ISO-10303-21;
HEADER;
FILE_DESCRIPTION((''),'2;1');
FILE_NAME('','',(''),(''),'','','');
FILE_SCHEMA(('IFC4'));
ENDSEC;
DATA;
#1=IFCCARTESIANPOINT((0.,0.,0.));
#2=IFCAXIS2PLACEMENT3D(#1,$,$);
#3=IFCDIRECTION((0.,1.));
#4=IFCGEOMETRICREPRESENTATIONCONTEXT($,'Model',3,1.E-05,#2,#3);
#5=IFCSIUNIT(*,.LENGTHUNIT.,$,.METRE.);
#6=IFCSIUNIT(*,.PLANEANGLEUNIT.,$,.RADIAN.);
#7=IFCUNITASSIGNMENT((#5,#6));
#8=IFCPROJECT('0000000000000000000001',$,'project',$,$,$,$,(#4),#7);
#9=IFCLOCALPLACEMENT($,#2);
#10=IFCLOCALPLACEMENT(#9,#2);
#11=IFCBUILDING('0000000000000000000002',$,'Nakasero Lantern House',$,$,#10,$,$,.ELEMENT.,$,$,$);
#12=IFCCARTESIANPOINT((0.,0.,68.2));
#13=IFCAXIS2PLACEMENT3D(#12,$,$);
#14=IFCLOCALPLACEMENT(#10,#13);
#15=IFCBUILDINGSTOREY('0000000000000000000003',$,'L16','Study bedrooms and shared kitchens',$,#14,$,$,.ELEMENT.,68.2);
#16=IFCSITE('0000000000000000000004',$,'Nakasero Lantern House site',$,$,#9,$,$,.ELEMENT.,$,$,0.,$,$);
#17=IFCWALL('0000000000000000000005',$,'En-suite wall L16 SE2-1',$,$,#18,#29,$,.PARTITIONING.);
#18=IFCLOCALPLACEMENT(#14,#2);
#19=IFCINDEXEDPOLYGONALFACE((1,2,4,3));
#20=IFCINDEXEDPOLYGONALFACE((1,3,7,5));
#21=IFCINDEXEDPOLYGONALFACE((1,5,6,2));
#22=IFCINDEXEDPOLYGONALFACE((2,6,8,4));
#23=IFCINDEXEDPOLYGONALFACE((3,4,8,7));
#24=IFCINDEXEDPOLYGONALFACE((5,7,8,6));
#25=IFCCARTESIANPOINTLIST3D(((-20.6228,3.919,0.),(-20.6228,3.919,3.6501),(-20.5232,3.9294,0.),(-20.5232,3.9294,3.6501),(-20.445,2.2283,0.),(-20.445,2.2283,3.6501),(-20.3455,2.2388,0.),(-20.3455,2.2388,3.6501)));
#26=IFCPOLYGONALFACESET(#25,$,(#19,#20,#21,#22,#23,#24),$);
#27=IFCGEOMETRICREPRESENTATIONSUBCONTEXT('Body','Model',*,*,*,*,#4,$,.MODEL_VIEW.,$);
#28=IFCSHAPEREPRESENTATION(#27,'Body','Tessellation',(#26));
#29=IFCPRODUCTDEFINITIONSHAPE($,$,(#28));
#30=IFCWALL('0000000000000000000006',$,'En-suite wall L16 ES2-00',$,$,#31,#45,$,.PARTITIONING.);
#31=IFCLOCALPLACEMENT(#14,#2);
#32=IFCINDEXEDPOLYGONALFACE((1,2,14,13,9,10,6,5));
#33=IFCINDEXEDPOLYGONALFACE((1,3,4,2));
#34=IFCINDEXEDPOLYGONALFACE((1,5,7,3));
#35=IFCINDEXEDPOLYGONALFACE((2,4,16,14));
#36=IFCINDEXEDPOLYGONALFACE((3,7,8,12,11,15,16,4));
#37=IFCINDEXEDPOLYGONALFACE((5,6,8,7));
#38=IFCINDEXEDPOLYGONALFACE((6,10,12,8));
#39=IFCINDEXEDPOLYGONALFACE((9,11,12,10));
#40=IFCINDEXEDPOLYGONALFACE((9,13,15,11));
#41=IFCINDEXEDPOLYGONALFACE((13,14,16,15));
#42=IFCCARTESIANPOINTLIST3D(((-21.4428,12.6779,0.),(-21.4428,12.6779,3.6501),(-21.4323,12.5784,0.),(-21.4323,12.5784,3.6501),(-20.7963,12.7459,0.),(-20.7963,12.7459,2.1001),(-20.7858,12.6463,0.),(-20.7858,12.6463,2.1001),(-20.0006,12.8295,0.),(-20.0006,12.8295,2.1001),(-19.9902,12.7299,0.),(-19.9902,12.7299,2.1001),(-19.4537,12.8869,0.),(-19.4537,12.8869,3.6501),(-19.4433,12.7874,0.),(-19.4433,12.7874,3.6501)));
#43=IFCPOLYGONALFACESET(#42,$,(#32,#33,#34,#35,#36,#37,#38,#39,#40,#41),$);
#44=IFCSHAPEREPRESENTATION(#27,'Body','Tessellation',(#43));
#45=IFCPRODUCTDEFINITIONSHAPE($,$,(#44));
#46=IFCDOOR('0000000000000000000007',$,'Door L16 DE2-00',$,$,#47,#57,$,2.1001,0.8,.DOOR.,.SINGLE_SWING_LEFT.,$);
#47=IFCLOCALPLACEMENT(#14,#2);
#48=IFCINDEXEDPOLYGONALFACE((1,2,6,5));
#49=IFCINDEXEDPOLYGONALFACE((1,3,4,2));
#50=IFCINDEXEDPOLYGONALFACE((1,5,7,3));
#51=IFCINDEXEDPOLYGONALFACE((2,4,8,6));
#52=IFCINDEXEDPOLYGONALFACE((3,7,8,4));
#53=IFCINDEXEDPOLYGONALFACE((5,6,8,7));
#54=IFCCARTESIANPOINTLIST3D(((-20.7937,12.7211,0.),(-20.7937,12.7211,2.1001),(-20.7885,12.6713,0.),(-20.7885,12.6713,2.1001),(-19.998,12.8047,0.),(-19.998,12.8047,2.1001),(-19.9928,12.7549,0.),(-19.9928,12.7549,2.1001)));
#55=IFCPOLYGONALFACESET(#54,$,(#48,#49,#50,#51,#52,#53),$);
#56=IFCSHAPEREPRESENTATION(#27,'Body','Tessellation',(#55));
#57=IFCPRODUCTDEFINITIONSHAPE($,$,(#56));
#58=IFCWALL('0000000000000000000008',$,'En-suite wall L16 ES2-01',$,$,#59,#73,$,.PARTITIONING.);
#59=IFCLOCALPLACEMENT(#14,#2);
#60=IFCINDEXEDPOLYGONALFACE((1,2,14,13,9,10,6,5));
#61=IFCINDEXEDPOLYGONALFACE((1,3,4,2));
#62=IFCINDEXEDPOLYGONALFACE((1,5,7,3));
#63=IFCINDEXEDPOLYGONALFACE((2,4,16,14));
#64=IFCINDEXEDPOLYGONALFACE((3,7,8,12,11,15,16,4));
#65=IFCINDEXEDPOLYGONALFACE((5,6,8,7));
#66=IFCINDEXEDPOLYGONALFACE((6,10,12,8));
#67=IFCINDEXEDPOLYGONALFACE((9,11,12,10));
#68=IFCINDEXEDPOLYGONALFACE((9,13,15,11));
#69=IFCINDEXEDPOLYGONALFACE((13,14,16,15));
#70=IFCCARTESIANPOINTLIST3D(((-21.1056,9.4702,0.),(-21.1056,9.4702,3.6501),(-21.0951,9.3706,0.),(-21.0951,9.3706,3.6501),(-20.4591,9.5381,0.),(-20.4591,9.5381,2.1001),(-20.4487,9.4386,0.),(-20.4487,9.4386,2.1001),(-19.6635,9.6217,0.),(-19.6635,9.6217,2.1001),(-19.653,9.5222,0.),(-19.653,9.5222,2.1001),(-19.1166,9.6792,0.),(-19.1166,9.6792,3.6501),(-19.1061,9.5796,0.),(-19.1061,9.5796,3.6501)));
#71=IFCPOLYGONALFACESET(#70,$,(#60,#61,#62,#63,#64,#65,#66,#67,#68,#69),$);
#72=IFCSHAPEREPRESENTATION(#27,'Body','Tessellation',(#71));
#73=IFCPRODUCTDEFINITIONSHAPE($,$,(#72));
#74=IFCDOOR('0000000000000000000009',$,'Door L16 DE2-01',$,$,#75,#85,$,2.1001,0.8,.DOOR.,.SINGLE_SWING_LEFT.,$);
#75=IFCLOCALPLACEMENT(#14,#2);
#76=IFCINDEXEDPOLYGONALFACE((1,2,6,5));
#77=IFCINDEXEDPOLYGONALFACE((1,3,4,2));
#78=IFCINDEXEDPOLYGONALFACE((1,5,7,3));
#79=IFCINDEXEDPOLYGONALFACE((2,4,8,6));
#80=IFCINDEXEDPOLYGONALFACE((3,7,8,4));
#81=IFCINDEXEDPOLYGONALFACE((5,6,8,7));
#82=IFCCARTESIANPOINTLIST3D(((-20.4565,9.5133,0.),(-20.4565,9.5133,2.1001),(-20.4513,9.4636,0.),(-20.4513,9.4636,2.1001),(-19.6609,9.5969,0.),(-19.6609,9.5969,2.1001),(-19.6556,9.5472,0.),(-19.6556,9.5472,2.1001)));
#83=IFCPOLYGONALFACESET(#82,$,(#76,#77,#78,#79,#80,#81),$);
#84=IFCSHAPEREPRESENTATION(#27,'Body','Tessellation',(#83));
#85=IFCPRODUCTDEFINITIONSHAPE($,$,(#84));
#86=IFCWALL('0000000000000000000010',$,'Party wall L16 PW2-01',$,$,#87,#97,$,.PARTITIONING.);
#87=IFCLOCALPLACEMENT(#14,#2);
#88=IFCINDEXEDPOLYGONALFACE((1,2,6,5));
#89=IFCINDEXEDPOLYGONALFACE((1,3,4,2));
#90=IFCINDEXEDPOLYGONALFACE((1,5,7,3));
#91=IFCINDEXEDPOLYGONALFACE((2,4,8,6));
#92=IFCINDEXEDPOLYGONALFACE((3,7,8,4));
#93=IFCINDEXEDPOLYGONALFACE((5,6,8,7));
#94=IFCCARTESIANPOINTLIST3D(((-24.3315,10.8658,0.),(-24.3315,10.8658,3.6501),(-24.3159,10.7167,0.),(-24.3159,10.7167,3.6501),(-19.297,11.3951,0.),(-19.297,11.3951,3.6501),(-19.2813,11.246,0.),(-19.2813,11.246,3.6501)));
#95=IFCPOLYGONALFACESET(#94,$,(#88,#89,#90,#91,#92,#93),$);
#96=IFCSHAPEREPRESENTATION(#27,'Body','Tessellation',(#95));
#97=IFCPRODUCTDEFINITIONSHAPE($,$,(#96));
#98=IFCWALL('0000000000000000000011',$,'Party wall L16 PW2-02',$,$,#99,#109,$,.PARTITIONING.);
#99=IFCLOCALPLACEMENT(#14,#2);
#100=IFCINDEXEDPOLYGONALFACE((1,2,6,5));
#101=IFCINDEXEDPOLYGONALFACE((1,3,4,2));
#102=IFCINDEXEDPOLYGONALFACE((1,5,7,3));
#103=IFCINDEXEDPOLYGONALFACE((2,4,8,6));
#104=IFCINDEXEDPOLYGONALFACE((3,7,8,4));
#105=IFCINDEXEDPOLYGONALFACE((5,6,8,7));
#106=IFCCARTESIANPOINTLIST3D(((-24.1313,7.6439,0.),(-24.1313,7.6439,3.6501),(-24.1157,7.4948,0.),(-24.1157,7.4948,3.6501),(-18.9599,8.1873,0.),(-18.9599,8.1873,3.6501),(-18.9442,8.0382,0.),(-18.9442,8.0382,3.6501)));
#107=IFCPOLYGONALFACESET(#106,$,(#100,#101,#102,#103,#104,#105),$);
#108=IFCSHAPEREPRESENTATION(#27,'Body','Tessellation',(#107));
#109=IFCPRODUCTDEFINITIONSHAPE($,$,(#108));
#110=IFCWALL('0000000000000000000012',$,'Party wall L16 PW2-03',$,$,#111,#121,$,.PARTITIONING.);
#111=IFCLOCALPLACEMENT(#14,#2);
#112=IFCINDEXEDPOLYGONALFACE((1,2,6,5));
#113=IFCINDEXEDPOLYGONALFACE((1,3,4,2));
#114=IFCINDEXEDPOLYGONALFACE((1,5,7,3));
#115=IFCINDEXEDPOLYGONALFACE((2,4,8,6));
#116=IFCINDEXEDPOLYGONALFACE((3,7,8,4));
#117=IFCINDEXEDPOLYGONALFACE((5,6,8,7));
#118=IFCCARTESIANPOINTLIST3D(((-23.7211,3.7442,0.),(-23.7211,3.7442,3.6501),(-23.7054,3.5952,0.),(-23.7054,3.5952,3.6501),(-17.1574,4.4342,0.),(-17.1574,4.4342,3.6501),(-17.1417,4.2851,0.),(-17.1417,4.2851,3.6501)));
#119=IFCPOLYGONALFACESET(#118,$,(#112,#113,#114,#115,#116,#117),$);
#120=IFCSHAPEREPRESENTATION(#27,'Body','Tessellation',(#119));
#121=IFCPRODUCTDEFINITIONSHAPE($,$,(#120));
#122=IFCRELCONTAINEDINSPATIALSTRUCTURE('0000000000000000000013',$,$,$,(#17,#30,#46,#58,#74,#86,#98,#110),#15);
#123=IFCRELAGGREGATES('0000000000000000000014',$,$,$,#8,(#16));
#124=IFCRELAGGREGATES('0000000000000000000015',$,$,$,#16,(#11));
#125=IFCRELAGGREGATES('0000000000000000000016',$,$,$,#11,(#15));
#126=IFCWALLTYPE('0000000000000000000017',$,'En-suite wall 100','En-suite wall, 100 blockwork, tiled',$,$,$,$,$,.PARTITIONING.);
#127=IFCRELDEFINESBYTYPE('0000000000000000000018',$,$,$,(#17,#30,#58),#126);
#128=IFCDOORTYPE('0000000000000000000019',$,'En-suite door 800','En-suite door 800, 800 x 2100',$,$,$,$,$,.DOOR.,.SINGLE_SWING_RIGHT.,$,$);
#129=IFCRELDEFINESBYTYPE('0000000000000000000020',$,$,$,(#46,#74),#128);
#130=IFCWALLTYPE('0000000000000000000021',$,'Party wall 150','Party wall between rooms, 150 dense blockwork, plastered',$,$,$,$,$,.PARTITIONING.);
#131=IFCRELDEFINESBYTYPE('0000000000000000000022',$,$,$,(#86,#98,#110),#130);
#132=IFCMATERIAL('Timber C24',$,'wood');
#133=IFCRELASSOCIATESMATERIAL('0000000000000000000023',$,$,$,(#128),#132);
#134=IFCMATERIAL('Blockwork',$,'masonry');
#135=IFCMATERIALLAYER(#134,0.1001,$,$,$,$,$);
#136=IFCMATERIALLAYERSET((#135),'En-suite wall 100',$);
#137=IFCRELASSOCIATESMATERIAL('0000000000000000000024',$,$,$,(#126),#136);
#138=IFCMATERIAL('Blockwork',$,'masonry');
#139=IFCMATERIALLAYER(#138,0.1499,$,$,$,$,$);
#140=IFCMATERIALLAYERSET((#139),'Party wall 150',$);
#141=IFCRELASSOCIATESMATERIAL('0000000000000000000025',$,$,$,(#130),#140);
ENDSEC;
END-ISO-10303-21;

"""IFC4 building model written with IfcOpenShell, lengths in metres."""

from ifc_helpers import new_model, si_unit, direction, frame, frame_2d, origin, place, context, subcontext, project, spatial, rectangle, extrude, material, layer, layer_set, type_object, element, fill, save


model = new_model("IFC4")

# Units and contexts
model_context = context("Model", 3, precision=1e-05, world=origin(), true_north=direction((0.0, 1.0)))
body_context = subcontext(model_context, "Body", "Model", "MODEL_VIEW")
ifc_project = project(units=[si_unit("LENGTHUNIT", "METRE"), si_unit("PLANEANGLEUNIT", "RADIAN")], contexts=[model_context])

# Site, building, storey
site_placement = place(None, origin())
site = spatial("IfcSite", under=ifc_project, at=site_placement, Name="Nakasero Lantern House site", CompositionType="ELEMENT", RefElevation=0.0)
building_placement = place(site_placement, origin())
building = spatial("IfcBuilding", under=site, at=building_placement, Name="Nakasero Lantern House", CompositionType="ELEMENT")
storey_placement = place(building_placement, frame((0.0, 0.0, 68.2)))
storey = spatial("IfcBuildingStorey", under=building, at=storey_placement, Name="L16", Description="Study bedrooms and shared kitchens", CompositionType="ELEMENT", Elevation=68.2)

# Shared definitions
ifc_material_1 = material(Name="Timber C24", Category="wood")
door_type_1 = type_object("IfcDoorType", Name="En-suite door 800", Description="En-suite door 800, 800 x 2100", OperationType="SINGLE_SWING_RIGHT", PredefinedType="DOOR", material=ifc_material_1)

# Wall
ifc_material_2 = material(Name="Blockwork", Category="masonry")
ifc_layer_1 = layer(ifc_material_2, 0.1001)
ifc_layer_set_1 = layer_set([ifc_layer_1], Name="En-suite wall 100")
wall_type_1 = type_object("IfcWallType", Name="En-suite wall 100", Description="En-suite wall, 100 blockwork, tiled", PredefinedType="PARTITIONING", material=ifc_layer_set_1)
wall_1_placement = place(storey_placement, frame((-20.573, 3.9243, 0.0), z_axis=(0.0, 0.0, 1.0), x_axis=(0.10455, -0.99452, 0.0)))
element("IfcWall", 1, at=wall_1_placement, inside=storey, type_object=wall_type_1, Name="En-suite wall L16 SE2-1", PredefinedType="PARTITIONING", context=body_context, shape_type="SweptSolid", body=[
    extrude(rectangle(XDim=1.7, YDim=0.1001, at=frame_2d((0.8501, 0.0))), origin(), (0.0, 0.0, 1.0), 3.6501),
])

# Walls, openings, doors
wall_2_placement = place(storey_placement, frame((-19.4485, 12.8372, 0.0), z_axis=(0.0, 0.0, 1.0), x_axis=(-0.994526, -0.104494, 0.0)))
wall_2 = element("IfcWall", 2, at=wall_2_placement, inside=storey, type_object=wall_type_1, Name="En-suite wall L16 ES2-00", PredefinedType="PARTITIONING", context=body_context, shape_type="SweptSolid", body=[
    extrude(rectangle(XDim=2.0, YDim=0.1001, at=frame_2d((1.0, 0.0))), origin(), (0.0, 0.0, 1.0), 3.6501),
])
opening_1_placement = place(wall_2_placement, frame((0.55, 0.0, 0.0)))
opening_1 = element("IfcOpeningElement", 3, at=opening_1_placement, cuts=wall_2, PredefinedType="OPENING", context=body_context, shape_type="SweptSolid", body=[
    extrude(rectangle(XDim=0.8, YDim=2.1001, at=frame_2d((0.3999, 1.05))), frame((0.0, 0.0701, 0.0), z_axis=(0.0, -1.0, 0.0), x_axis=(1.0, 0.0, 0.0)), (0.0, 0.0, 1.0), 0.1401),
])
door_1_placement = place(opening_1_placement, origin())
door_1 = element("IfcDoor", 4, at=door_1_placement, inside=storey, type_object=door_type_1, Name="Door L16 DE2-00", OperationType="SINGLE_SWING_LEFT", OverallHeight=2.1001, OverallWidth=0.8, PredefinedType="DOOR", context=body_context, shape_type="SweptSolid", body=[
    extrude(rectangle(XDim=0.8, YDim=2.1001, at=frame_2d((0.3999, 1.05))), frame((0.0, 0.0249, 0.0), z_axis=(0.0, -1.0, 0.0), x_axis=(1.0, 0.0, 0.0)), (0.0, 0.0, 1.0), 0.05),
])
fill(opening_1, door_1)
wall_3_placement = place(storey_placement, frame((-19.1113, 9.6294, 0.0), z_axis=(0.0, 0.0, 1.0), x_axis=(-0.994526, -0.104494, 0.0)))
wall_3 = element("IfcWall", 5, at=wall_3_placement, inside=storey, type_object=wall_type_1, Name="En-suite wall L16 ES2-01", PredefinedType="PARTITIONING", context=body_context, shape_type="SweptSolid", body=[
    extrude(rectangle(XDim=2.0, YDim=0.1001, at=frame_2d((1.0, 0.0))), origin(), (0.0, 0.0, 1.0), 3.6501),
])
opening_2_placement = place(wall_3_placement, frame((0.55, 0.0, 0.0)))
opening_2 = element("IfcOpeningElement", 6, at=opening_2_placement, cuts=wall_3, PredefinedType="OPENING", context=body_context, shape_type="SweptSolid", body=[
    extrude(rectangle(XDim=0.8, YDim=2.1001, at=frame_2d((0.3999, 1.05))), frame((0.0, 0.0701, 0.0), z_axis=(0.0, -1.0, 0.0), x_axis=(1.0, 0.0, 0.0)), (0.0, 0.0, 1.0), 0.1401),
])
door_2_placement = place(opening_2_placement, origin())
door_2 = element("IfcDoor", 7, at=door_2_placement, inside=storey, type_object=door_type_1, Name="Door L16 DE2-01", OperationType="SINGLE_SWING_LEFT", OverallHeight=2.1001, OverallWidth=0.8, PredefinedType="DOOR", context=body_context, shape_type="SweptSolid", body=[
    extrude(rectangle(XDim=0.8, YDim=2.1001, at=frame_2d((0.3999, 1.05))), frame((0.0, 0.0249, 0.0), z_axis=(0.0, -1.0, 0.0), x_axis=(1.0, 0.0, 0.0)), (0.0, 0.0, 1.0), 0.05),
])
fill(opening_2, door_2)

# Walls
ifc_material_3 = material(Name="Blockwork", Category="masonry")
ifc_layer_2 = layer(ifc_material_3, 0.1499)
ifc_layer_set_2 = layer_set([ifc_layer_2], Name="Party wall 150")
wall_type_2 = type_object("IfcWallType", Name="Party wall 150", Description="Party wall between rooms, 150 dense blockwork, plastered", PredefinedType="PARTITIONING", material=ifc_layer_set_2)
wall_4_placement = place(storey_placement, frame((-19.2891, 11.3206, 0.0), z_axis=(0.0, 0.0, 1.0), x_axis=(-0.994519, -0.104559, 0.0)))
element("IfcWall", 8, at=wall_4_placement, inside=storey, type_object=wall_type_2, Name="Party wall L16 PW2-01", PredefinedType="PARTITIONING", context=body_context, shape_type="SweptSolid", body=[
    extrude(rectangle(XDim=5.0623, YDim=0.1499, at=frame_2d((2.5312, 0.0))), origin(), (0.0, 0.0, 1.0), 3.6501),
])
wall_5_placement = place(storey_placement, frame((-18.9519, 8.1128, 0.0), z_axis=(0.0, 0.0, 1.0), x_axis=(-0.994523, -0.104514, 0.0)))
element("IfcWall", 9, at=wall_5_placement, inside=storey, type_object=wall_type_2, Name="Party wall L16 PW2-02", PredefinedType="PARTITIONING", context=body_context, shape_type="SweptSolid", body=[
    extrude(rectangle(XDim=5.2, YDim=0.1499, at=frame_2d((2.6001, 0.0))), origin(), (0.0, 0.0, 1.0), 3.6501),
])
wall_6_placement = place(storey_placement, frame((-17.1497, 4.3596, 0.0), z_axis=(0.0, 0.0, 1.0), x_axis=(-0.994521, -0.104538, 0.0)))
element("IfcWall", 10, at=wall_6_placement, inside=storey, type_object=wall_type_2, Name="Party wall L16 PW2-03", PredefinedType="PARTITIONING", context=body_context, shape_type="SweptSolid", body=[
    extrude(rectangle(XDim=6.5999, YDim=0.1499, at=frame_2d((3.2998, 0.0))), origin(), (0.0, 0.0, 1.0), 3.6501),
])

save(model, "model.ifc")
